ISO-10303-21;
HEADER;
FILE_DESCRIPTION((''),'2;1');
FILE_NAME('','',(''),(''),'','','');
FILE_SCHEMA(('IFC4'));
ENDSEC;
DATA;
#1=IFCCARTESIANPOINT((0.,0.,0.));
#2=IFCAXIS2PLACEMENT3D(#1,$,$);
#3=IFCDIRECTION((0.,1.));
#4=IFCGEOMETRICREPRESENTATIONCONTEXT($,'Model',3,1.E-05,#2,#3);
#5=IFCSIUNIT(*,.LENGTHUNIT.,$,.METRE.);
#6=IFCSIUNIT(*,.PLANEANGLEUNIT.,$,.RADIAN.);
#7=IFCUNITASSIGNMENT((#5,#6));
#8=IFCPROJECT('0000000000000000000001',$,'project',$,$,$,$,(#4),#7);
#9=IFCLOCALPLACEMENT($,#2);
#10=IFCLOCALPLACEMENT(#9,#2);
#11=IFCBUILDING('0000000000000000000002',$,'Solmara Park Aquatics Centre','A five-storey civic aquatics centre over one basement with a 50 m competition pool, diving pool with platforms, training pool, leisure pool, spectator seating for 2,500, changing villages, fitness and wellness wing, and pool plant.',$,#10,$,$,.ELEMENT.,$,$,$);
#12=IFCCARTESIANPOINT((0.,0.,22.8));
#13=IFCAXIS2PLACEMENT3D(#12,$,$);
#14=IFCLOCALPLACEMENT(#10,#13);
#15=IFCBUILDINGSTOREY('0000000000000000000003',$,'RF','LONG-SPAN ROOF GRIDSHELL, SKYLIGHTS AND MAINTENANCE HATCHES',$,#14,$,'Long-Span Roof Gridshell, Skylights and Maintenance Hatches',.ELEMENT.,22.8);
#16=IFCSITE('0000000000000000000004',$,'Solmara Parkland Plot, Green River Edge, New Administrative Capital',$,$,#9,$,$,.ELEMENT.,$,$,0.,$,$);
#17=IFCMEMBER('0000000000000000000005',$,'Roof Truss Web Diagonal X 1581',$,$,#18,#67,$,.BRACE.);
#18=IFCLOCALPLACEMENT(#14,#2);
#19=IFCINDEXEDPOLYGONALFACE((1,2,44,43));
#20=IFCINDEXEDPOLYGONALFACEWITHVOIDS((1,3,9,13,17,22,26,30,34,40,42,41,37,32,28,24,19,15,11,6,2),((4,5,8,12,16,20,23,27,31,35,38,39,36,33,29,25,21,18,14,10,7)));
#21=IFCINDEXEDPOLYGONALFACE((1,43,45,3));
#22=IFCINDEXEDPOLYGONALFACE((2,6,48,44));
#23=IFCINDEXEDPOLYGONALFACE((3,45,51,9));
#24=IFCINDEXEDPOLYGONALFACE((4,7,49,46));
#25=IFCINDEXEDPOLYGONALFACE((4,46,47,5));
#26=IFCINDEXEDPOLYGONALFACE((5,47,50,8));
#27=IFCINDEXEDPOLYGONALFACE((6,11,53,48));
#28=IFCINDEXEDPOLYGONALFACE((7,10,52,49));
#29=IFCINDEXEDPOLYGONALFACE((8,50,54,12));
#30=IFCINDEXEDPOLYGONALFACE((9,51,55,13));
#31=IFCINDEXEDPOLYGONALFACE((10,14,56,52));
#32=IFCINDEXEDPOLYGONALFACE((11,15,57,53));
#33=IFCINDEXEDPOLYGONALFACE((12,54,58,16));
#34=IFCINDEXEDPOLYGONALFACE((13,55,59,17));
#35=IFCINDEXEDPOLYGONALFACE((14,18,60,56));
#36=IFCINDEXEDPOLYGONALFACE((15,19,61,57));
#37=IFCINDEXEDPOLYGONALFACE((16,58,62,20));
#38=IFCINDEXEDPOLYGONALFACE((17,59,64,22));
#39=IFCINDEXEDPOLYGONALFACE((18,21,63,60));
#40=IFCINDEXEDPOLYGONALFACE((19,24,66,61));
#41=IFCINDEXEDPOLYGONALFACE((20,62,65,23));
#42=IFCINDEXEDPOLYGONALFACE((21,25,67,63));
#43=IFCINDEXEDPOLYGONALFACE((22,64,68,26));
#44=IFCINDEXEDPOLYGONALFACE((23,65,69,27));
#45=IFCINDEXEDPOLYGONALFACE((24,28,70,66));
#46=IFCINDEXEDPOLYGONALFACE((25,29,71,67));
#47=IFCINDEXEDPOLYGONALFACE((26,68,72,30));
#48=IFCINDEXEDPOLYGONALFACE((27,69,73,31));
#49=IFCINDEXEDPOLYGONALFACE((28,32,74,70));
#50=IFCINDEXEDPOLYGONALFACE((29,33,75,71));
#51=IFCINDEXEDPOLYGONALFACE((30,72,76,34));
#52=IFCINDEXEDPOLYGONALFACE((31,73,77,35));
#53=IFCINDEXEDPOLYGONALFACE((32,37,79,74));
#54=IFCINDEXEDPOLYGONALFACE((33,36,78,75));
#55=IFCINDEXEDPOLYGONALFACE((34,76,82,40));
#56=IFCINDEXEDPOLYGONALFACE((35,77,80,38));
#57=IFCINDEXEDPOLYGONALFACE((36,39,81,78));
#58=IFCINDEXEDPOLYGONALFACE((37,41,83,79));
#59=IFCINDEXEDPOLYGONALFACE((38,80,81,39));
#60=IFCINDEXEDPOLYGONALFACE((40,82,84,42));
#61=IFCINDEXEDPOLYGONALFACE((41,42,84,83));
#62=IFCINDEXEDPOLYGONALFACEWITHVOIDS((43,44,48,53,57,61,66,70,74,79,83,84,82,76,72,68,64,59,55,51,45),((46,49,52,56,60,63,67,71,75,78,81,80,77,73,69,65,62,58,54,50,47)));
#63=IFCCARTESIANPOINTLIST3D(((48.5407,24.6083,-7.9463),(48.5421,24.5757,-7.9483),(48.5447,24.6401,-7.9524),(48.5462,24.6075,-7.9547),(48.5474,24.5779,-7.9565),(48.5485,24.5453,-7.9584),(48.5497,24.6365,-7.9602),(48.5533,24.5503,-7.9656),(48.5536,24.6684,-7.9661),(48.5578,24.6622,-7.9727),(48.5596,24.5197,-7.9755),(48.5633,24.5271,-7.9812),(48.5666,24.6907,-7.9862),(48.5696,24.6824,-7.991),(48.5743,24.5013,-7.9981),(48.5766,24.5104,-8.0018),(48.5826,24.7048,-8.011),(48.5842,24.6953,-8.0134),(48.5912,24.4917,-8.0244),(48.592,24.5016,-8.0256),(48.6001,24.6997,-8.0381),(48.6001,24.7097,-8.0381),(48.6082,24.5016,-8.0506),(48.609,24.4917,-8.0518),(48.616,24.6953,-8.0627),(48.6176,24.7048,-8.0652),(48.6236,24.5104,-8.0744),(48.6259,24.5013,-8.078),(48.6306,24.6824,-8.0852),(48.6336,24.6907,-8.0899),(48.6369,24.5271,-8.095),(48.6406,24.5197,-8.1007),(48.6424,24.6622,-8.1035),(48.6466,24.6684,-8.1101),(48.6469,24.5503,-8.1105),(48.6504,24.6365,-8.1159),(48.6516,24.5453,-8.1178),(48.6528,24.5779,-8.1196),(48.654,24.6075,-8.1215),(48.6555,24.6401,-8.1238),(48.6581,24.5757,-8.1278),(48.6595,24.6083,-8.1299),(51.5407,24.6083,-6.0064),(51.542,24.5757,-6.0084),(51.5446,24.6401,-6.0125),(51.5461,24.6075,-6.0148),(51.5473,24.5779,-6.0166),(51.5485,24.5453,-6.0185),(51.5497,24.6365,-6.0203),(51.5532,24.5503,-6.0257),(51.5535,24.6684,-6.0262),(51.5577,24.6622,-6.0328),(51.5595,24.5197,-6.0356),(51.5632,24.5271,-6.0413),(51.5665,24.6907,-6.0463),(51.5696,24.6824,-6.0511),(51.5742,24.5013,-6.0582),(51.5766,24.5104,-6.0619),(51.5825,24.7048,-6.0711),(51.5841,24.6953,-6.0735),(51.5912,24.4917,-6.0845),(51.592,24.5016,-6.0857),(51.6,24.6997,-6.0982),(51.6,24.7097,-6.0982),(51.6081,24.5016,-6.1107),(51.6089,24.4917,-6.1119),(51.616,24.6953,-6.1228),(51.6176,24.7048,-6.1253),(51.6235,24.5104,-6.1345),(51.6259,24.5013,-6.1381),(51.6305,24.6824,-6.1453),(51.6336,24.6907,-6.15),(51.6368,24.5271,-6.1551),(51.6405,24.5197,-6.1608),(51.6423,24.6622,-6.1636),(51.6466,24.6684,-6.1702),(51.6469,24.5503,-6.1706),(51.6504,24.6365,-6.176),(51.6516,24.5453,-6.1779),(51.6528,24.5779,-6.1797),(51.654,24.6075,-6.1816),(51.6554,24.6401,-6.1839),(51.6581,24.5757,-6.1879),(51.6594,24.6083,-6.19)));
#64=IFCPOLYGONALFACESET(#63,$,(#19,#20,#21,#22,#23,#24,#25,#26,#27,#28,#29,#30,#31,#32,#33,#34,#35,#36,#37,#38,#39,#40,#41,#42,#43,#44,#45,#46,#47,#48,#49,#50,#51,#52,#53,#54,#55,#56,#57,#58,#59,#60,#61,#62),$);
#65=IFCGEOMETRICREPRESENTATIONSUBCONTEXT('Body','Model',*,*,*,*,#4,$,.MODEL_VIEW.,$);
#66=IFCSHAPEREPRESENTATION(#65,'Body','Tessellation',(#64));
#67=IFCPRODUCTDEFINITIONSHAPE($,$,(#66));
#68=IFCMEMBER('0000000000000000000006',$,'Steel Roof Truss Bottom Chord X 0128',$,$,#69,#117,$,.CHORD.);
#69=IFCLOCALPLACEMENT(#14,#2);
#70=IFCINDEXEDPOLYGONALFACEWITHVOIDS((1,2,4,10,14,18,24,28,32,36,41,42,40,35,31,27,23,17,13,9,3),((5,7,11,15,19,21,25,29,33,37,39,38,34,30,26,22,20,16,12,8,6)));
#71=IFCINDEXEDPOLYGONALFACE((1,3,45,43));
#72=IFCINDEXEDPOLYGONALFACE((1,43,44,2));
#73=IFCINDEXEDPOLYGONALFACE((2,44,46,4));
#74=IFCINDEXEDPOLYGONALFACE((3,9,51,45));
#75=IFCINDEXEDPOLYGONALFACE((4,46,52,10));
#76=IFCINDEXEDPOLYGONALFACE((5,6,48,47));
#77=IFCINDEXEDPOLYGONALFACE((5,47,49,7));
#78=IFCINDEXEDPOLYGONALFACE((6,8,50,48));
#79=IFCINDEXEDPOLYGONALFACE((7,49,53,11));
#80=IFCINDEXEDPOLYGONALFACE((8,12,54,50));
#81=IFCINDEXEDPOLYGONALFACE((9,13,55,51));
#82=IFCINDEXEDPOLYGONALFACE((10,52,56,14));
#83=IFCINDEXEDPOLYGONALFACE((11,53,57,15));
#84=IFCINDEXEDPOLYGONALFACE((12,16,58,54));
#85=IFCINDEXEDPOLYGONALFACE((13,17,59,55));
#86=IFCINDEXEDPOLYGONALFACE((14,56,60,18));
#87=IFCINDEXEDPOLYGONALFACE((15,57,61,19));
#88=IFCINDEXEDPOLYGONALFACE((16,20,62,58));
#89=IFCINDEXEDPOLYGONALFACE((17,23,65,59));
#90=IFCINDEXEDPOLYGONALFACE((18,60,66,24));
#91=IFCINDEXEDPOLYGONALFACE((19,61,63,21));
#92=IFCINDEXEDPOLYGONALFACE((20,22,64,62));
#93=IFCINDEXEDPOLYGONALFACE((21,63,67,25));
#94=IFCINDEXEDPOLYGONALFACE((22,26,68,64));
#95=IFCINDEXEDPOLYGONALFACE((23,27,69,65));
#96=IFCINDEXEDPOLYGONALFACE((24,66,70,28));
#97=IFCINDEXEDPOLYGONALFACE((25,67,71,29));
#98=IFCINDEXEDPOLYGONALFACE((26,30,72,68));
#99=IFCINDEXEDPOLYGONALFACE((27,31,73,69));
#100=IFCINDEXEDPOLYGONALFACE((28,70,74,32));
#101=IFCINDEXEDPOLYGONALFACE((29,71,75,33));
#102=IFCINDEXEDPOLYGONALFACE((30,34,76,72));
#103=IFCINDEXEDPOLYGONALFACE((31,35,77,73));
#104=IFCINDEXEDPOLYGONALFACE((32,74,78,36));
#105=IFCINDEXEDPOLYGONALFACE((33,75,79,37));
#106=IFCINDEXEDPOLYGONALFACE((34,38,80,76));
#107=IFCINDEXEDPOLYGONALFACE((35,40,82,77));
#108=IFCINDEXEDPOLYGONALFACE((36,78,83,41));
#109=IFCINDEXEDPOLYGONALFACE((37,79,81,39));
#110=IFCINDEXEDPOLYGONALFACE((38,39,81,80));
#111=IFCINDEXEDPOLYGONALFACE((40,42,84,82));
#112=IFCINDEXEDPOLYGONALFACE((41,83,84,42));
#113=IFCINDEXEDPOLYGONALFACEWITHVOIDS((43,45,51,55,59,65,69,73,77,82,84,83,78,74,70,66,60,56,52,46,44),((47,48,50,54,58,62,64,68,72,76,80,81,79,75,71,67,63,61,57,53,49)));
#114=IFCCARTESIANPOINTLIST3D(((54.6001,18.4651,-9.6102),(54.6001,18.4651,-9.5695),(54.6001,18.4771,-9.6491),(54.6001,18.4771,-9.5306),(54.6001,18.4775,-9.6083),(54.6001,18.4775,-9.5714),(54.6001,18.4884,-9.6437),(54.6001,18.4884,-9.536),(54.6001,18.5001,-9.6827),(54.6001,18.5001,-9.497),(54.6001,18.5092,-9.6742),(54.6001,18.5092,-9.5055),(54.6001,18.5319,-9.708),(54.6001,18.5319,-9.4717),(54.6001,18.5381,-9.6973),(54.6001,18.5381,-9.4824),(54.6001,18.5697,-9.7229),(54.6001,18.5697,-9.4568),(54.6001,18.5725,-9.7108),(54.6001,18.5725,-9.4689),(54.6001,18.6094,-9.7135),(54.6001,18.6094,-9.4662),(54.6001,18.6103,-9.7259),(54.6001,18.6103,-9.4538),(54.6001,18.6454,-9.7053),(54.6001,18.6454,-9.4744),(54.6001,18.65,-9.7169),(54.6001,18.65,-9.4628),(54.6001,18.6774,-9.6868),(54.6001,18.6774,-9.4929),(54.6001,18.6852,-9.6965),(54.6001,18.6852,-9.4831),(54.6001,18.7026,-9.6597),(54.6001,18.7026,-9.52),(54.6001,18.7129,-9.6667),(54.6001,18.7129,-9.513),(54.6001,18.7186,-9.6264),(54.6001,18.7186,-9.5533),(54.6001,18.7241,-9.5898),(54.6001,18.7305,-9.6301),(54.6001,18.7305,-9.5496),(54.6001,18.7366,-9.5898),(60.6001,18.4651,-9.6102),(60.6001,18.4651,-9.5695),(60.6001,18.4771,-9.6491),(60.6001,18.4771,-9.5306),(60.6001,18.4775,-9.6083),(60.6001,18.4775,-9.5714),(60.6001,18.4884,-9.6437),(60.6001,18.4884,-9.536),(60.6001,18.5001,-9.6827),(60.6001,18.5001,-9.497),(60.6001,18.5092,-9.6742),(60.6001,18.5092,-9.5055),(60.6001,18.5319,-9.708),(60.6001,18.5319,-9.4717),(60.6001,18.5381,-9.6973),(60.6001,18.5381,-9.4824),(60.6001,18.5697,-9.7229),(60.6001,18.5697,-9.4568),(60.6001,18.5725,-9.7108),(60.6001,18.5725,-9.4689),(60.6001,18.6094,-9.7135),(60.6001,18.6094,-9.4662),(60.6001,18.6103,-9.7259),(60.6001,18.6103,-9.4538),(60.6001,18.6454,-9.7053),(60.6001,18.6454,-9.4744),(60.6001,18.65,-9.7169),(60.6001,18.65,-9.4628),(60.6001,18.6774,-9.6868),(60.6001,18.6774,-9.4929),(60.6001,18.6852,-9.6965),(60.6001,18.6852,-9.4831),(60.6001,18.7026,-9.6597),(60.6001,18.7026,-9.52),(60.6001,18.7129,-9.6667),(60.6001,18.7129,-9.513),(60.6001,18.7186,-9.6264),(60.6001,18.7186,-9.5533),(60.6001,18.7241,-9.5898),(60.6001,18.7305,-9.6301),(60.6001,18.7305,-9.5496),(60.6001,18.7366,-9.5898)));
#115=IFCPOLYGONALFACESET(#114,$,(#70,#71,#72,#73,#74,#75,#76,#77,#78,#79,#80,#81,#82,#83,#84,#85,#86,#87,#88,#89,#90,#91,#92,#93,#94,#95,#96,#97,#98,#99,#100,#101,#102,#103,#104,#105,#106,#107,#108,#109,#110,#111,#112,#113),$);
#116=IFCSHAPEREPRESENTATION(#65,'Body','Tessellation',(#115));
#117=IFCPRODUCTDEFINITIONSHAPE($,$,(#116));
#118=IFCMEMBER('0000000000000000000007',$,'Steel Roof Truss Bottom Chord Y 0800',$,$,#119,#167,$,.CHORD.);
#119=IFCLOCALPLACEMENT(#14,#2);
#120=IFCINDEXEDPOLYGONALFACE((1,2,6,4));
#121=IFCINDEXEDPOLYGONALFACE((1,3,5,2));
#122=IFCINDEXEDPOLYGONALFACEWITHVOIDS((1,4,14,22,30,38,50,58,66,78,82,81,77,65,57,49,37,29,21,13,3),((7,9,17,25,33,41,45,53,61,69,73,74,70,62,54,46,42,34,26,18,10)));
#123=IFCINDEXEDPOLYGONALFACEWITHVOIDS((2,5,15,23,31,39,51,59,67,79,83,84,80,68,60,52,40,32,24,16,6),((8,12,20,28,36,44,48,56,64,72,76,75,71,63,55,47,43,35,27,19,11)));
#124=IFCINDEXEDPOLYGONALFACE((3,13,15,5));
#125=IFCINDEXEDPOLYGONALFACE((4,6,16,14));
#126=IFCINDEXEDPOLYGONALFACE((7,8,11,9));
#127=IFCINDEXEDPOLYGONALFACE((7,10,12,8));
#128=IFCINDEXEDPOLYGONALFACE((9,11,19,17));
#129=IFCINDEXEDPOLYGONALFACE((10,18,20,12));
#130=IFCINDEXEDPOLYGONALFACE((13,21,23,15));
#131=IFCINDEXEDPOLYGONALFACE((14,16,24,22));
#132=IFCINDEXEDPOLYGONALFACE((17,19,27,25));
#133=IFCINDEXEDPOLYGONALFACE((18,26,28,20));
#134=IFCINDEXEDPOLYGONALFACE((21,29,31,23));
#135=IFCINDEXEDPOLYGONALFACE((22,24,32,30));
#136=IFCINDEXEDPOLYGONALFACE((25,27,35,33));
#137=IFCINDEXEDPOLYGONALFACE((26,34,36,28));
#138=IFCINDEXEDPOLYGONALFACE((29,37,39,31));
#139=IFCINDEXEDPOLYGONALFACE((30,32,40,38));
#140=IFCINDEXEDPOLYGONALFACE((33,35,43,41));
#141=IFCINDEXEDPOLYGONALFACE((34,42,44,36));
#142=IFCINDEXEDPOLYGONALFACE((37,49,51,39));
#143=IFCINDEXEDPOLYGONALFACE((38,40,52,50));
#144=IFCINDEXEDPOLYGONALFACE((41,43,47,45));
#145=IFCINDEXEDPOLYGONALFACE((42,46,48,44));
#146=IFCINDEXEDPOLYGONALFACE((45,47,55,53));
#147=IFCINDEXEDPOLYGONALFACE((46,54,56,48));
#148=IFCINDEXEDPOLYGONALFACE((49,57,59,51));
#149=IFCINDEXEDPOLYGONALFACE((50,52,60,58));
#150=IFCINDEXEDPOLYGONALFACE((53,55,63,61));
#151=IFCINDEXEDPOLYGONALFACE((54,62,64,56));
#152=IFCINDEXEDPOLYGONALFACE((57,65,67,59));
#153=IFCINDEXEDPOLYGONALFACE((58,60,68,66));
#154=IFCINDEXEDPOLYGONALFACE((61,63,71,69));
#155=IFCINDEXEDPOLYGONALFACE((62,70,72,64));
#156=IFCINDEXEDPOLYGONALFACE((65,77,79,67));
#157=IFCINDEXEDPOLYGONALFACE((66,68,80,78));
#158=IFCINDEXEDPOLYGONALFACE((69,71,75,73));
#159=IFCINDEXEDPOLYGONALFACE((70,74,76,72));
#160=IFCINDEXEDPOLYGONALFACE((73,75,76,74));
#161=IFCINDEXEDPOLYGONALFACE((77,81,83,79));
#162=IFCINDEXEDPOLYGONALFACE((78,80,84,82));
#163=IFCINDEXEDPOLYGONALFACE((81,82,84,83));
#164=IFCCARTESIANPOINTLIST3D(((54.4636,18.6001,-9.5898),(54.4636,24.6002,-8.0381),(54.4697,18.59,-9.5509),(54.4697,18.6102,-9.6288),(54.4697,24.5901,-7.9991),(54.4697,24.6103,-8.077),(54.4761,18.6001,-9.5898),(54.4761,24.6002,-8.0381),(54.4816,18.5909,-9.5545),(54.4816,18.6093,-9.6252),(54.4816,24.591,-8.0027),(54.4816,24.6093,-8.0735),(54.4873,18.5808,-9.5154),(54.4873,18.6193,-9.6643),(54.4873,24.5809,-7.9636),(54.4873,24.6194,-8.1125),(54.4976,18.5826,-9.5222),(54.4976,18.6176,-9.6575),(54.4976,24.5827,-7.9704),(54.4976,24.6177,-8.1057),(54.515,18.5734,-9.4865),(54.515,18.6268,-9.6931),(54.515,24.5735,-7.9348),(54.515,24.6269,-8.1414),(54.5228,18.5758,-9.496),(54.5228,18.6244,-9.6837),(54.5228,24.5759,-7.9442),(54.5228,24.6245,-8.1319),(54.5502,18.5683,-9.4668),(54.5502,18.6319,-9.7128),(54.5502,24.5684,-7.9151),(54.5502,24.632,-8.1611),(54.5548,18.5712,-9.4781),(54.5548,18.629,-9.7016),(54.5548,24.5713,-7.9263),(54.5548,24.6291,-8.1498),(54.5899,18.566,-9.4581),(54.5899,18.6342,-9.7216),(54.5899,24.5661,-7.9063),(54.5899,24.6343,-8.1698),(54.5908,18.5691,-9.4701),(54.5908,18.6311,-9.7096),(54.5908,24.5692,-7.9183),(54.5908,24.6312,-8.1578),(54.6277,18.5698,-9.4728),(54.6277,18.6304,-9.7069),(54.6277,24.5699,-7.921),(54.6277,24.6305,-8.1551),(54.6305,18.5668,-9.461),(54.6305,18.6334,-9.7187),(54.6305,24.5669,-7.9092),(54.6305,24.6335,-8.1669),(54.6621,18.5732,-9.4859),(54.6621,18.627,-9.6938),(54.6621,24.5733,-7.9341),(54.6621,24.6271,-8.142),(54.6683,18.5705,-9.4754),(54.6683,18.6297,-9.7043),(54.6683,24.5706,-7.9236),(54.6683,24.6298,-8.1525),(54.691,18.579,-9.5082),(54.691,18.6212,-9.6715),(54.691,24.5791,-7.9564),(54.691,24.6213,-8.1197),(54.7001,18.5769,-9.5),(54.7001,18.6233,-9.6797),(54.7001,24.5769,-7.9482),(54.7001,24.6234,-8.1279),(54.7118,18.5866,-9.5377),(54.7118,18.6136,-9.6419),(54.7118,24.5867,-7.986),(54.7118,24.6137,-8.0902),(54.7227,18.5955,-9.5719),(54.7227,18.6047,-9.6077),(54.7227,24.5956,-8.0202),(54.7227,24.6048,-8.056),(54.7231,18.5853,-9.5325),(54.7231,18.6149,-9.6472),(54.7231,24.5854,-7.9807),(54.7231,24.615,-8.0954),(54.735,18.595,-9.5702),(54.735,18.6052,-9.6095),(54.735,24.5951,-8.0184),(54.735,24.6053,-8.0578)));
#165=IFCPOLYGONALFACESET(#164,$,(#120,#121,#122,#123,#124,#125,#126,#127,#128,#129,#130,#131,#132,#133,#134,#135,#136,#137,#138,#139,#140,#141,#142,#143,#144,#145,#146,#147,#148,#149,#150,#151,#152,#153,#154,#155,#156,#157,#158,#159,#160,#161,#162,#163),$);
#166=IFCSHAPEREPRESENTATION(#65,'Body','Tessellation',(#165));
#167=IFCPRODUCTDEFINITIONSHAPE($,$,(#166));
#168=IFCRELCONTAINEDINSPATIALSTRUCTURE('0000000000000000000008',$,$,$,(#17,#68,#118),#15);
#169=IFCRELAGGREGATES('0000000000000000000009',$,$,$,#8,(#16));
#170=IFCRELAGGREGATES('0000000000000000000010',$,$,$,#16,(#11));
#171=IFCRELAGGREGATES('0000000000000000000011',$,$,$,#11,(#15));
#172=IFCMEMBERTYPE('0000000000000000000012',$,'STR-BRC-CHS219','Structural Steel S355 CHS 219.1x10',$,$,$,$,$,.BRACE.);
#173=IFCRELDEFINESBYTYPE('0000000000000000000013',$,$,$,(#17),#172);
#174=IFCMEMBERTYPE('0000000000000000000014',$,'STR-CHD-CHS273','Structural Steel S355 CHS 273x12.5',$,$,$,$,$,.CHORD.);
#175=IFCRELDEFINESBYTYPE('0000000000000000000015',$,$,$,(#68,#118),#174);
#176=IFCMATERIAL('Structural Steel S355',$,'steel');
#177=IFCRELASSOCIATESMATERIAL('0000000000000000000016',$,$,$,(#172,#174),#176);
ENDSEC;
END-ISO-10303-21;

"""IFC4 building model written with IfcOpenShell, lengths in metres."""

from ifc_helpers import new_model, si_unit, direction, frame, origin, origin_2d, place, context, subcontext, project, spatial, hollow_circle, extrude, material, material_profile, profile_set, type_object, element, save


model = new_model("IFC4")

# Units and contexts
model_context = context("Model", 3, precision=1e-05, world=origin(), true_north=direction((0.0, 1.0)))
body_context = subcontext(model_context, "Body", "Model", "MODEL_VIEW")
ifc_project = project(units=[si_unit("LENGTHUNIT", "METRE"), si_unit("PLANEANGLEUNIT", "RADIAN")], contexts=[model_context])

# Site, building, storey
site_placement = place(None, origin())
site = spatial("IfcSite", under=ifc_project, at=site_placement, Name="Solmara Parkland Plot, Green River Edge, New Administrative Capital", CompositionType="ELEMENT", RefElevation=0.0)
building_placement = place(site_placement, origin())
building = spatial("IfcBuilding", under=site, at=building_placement, Name="Solmara Park Aquatics Centre", Description="A five-storey civic aquatics centre over one basement with a 50 m competition pool, diving pool with platforms, training pool, leisure pool, spectator seating for 2,500, changing villages, fitness and wellness wing, and pool plant.", CompositionType="ELEMENT")
storey_placement = place(building_placement, frame((0.0, 0.0, 22.8)))
storey = spatial("IfcBuildingStorey", under=building, at=storey_placement, Name="RF", Description="LONG-SPAN ROOF GRIDSHELL, SKYLIGHTS AND MAINTENANCE HATCHES", LongName="Long-Span Roof Gridshell, Skylights and Maintenance Hatches", CompositionType="ELEMENT", Elevation=22.8)

# Members
ifc_material_1 = material(Name="Structural Steel S355", Category="steel")
ifc_material_profile_1 = material_profile(ifc_material_1, hollow_circle(Radius=0.1096, WallThickness=0.01, at=origin_2d()), Name="CHS 219.1x10")
ifc_profile_set_1 = profile_set([ifc_material_profile_1], Name="Structural Steel S355")
member_type_1 = type_object("IfcMemberType", Name="STR-BRC-CHS219", Description="Structural Steel S355 CHS 219.1x10", PredefinedType="BRACE", material=ifc_profile_set_1)
for number, where, z_axis, x_axis, name in (
    (1, (48.6001, 24.6001, -8.0381), (0.839728, 0.0, 0.543008), (0.0, 1.0, 0.0), "Roof Truss Web Diagonal X 1581"),
):
    element("IfcMember", number, at=place(storey_placement, frame(where, z_axis=z_axis, x_axis=x_axis)), inside=storey, type_object=member_type_1, Name=name, PredefinedType="BRACE", context=body_context, shape_type="SweptSolid", body=[
        extrude(hollow_circle(Radius=0.1096, WallThickness=0.01, at=origin_2d()), origin(), (0.0, 0.0, 1.0), 3.5725),
    ])
ifc_material_profile_2 = material_profile(ifc_material_1, hollow_circle(Radius=0.1365, WallThickness=0.0125, at=origin_2d()), Name="CHS 273x12.5")
ifc_profile_set_2 = profile_set([ifc_material_profile_2], Name="Structural Steel S355")
member_type_2 = type_object("IfcMemberType", Name="STR-CHD-CHS273", Description="Structural Steel S355 CHS 273x12.5", PredefinedType="CHORD", material=ifc_profile_set_2)
member_1_placement = place(storey_placement, frame((54.6001, 18.6001, -9.5898), z_axis=(1.0, 0.0, 0.0), x_axis=(0.0, 1.0, 0.0)))
element("IfcMember", 2, at=member_1_placement, inside=storey, type_object=member_type_2, Name="Steel Roof Truss Bottom Chord X 0128", PredefinedType="CHORD", context=body_context, shape_type="SweptSolid", body=[
    extrude(hollow_circle(Radius=0.1365, WallThickness=0.0125, at=origin_2d()), origin(), (0.0, 0.0, 1.0), 6.0),
])
member_2_placement = place(storey_placement, frame((54.6001, 18.6001, -9.5898), z_axis=(0.0, 0.968146, 0.250388), x_axis=(-1.0, 0.0, 0.0)))
element("IfcMember", 3, at=member_2_placement, inside=storey, type_object=member_type_2, Name="Steel Roof Truss Bottom Chord Y 0800", PredefinedType="CHORD", context=body_context, shape_type="SweptSolid", body=[
    extrude(hollow_circle(Radius=0.1365, WallThickness=0.0125, at=origin_2d()), origin(), (0.0, 0.0, 1.0), 6.1975),
])

save(model, "model.ifc")
